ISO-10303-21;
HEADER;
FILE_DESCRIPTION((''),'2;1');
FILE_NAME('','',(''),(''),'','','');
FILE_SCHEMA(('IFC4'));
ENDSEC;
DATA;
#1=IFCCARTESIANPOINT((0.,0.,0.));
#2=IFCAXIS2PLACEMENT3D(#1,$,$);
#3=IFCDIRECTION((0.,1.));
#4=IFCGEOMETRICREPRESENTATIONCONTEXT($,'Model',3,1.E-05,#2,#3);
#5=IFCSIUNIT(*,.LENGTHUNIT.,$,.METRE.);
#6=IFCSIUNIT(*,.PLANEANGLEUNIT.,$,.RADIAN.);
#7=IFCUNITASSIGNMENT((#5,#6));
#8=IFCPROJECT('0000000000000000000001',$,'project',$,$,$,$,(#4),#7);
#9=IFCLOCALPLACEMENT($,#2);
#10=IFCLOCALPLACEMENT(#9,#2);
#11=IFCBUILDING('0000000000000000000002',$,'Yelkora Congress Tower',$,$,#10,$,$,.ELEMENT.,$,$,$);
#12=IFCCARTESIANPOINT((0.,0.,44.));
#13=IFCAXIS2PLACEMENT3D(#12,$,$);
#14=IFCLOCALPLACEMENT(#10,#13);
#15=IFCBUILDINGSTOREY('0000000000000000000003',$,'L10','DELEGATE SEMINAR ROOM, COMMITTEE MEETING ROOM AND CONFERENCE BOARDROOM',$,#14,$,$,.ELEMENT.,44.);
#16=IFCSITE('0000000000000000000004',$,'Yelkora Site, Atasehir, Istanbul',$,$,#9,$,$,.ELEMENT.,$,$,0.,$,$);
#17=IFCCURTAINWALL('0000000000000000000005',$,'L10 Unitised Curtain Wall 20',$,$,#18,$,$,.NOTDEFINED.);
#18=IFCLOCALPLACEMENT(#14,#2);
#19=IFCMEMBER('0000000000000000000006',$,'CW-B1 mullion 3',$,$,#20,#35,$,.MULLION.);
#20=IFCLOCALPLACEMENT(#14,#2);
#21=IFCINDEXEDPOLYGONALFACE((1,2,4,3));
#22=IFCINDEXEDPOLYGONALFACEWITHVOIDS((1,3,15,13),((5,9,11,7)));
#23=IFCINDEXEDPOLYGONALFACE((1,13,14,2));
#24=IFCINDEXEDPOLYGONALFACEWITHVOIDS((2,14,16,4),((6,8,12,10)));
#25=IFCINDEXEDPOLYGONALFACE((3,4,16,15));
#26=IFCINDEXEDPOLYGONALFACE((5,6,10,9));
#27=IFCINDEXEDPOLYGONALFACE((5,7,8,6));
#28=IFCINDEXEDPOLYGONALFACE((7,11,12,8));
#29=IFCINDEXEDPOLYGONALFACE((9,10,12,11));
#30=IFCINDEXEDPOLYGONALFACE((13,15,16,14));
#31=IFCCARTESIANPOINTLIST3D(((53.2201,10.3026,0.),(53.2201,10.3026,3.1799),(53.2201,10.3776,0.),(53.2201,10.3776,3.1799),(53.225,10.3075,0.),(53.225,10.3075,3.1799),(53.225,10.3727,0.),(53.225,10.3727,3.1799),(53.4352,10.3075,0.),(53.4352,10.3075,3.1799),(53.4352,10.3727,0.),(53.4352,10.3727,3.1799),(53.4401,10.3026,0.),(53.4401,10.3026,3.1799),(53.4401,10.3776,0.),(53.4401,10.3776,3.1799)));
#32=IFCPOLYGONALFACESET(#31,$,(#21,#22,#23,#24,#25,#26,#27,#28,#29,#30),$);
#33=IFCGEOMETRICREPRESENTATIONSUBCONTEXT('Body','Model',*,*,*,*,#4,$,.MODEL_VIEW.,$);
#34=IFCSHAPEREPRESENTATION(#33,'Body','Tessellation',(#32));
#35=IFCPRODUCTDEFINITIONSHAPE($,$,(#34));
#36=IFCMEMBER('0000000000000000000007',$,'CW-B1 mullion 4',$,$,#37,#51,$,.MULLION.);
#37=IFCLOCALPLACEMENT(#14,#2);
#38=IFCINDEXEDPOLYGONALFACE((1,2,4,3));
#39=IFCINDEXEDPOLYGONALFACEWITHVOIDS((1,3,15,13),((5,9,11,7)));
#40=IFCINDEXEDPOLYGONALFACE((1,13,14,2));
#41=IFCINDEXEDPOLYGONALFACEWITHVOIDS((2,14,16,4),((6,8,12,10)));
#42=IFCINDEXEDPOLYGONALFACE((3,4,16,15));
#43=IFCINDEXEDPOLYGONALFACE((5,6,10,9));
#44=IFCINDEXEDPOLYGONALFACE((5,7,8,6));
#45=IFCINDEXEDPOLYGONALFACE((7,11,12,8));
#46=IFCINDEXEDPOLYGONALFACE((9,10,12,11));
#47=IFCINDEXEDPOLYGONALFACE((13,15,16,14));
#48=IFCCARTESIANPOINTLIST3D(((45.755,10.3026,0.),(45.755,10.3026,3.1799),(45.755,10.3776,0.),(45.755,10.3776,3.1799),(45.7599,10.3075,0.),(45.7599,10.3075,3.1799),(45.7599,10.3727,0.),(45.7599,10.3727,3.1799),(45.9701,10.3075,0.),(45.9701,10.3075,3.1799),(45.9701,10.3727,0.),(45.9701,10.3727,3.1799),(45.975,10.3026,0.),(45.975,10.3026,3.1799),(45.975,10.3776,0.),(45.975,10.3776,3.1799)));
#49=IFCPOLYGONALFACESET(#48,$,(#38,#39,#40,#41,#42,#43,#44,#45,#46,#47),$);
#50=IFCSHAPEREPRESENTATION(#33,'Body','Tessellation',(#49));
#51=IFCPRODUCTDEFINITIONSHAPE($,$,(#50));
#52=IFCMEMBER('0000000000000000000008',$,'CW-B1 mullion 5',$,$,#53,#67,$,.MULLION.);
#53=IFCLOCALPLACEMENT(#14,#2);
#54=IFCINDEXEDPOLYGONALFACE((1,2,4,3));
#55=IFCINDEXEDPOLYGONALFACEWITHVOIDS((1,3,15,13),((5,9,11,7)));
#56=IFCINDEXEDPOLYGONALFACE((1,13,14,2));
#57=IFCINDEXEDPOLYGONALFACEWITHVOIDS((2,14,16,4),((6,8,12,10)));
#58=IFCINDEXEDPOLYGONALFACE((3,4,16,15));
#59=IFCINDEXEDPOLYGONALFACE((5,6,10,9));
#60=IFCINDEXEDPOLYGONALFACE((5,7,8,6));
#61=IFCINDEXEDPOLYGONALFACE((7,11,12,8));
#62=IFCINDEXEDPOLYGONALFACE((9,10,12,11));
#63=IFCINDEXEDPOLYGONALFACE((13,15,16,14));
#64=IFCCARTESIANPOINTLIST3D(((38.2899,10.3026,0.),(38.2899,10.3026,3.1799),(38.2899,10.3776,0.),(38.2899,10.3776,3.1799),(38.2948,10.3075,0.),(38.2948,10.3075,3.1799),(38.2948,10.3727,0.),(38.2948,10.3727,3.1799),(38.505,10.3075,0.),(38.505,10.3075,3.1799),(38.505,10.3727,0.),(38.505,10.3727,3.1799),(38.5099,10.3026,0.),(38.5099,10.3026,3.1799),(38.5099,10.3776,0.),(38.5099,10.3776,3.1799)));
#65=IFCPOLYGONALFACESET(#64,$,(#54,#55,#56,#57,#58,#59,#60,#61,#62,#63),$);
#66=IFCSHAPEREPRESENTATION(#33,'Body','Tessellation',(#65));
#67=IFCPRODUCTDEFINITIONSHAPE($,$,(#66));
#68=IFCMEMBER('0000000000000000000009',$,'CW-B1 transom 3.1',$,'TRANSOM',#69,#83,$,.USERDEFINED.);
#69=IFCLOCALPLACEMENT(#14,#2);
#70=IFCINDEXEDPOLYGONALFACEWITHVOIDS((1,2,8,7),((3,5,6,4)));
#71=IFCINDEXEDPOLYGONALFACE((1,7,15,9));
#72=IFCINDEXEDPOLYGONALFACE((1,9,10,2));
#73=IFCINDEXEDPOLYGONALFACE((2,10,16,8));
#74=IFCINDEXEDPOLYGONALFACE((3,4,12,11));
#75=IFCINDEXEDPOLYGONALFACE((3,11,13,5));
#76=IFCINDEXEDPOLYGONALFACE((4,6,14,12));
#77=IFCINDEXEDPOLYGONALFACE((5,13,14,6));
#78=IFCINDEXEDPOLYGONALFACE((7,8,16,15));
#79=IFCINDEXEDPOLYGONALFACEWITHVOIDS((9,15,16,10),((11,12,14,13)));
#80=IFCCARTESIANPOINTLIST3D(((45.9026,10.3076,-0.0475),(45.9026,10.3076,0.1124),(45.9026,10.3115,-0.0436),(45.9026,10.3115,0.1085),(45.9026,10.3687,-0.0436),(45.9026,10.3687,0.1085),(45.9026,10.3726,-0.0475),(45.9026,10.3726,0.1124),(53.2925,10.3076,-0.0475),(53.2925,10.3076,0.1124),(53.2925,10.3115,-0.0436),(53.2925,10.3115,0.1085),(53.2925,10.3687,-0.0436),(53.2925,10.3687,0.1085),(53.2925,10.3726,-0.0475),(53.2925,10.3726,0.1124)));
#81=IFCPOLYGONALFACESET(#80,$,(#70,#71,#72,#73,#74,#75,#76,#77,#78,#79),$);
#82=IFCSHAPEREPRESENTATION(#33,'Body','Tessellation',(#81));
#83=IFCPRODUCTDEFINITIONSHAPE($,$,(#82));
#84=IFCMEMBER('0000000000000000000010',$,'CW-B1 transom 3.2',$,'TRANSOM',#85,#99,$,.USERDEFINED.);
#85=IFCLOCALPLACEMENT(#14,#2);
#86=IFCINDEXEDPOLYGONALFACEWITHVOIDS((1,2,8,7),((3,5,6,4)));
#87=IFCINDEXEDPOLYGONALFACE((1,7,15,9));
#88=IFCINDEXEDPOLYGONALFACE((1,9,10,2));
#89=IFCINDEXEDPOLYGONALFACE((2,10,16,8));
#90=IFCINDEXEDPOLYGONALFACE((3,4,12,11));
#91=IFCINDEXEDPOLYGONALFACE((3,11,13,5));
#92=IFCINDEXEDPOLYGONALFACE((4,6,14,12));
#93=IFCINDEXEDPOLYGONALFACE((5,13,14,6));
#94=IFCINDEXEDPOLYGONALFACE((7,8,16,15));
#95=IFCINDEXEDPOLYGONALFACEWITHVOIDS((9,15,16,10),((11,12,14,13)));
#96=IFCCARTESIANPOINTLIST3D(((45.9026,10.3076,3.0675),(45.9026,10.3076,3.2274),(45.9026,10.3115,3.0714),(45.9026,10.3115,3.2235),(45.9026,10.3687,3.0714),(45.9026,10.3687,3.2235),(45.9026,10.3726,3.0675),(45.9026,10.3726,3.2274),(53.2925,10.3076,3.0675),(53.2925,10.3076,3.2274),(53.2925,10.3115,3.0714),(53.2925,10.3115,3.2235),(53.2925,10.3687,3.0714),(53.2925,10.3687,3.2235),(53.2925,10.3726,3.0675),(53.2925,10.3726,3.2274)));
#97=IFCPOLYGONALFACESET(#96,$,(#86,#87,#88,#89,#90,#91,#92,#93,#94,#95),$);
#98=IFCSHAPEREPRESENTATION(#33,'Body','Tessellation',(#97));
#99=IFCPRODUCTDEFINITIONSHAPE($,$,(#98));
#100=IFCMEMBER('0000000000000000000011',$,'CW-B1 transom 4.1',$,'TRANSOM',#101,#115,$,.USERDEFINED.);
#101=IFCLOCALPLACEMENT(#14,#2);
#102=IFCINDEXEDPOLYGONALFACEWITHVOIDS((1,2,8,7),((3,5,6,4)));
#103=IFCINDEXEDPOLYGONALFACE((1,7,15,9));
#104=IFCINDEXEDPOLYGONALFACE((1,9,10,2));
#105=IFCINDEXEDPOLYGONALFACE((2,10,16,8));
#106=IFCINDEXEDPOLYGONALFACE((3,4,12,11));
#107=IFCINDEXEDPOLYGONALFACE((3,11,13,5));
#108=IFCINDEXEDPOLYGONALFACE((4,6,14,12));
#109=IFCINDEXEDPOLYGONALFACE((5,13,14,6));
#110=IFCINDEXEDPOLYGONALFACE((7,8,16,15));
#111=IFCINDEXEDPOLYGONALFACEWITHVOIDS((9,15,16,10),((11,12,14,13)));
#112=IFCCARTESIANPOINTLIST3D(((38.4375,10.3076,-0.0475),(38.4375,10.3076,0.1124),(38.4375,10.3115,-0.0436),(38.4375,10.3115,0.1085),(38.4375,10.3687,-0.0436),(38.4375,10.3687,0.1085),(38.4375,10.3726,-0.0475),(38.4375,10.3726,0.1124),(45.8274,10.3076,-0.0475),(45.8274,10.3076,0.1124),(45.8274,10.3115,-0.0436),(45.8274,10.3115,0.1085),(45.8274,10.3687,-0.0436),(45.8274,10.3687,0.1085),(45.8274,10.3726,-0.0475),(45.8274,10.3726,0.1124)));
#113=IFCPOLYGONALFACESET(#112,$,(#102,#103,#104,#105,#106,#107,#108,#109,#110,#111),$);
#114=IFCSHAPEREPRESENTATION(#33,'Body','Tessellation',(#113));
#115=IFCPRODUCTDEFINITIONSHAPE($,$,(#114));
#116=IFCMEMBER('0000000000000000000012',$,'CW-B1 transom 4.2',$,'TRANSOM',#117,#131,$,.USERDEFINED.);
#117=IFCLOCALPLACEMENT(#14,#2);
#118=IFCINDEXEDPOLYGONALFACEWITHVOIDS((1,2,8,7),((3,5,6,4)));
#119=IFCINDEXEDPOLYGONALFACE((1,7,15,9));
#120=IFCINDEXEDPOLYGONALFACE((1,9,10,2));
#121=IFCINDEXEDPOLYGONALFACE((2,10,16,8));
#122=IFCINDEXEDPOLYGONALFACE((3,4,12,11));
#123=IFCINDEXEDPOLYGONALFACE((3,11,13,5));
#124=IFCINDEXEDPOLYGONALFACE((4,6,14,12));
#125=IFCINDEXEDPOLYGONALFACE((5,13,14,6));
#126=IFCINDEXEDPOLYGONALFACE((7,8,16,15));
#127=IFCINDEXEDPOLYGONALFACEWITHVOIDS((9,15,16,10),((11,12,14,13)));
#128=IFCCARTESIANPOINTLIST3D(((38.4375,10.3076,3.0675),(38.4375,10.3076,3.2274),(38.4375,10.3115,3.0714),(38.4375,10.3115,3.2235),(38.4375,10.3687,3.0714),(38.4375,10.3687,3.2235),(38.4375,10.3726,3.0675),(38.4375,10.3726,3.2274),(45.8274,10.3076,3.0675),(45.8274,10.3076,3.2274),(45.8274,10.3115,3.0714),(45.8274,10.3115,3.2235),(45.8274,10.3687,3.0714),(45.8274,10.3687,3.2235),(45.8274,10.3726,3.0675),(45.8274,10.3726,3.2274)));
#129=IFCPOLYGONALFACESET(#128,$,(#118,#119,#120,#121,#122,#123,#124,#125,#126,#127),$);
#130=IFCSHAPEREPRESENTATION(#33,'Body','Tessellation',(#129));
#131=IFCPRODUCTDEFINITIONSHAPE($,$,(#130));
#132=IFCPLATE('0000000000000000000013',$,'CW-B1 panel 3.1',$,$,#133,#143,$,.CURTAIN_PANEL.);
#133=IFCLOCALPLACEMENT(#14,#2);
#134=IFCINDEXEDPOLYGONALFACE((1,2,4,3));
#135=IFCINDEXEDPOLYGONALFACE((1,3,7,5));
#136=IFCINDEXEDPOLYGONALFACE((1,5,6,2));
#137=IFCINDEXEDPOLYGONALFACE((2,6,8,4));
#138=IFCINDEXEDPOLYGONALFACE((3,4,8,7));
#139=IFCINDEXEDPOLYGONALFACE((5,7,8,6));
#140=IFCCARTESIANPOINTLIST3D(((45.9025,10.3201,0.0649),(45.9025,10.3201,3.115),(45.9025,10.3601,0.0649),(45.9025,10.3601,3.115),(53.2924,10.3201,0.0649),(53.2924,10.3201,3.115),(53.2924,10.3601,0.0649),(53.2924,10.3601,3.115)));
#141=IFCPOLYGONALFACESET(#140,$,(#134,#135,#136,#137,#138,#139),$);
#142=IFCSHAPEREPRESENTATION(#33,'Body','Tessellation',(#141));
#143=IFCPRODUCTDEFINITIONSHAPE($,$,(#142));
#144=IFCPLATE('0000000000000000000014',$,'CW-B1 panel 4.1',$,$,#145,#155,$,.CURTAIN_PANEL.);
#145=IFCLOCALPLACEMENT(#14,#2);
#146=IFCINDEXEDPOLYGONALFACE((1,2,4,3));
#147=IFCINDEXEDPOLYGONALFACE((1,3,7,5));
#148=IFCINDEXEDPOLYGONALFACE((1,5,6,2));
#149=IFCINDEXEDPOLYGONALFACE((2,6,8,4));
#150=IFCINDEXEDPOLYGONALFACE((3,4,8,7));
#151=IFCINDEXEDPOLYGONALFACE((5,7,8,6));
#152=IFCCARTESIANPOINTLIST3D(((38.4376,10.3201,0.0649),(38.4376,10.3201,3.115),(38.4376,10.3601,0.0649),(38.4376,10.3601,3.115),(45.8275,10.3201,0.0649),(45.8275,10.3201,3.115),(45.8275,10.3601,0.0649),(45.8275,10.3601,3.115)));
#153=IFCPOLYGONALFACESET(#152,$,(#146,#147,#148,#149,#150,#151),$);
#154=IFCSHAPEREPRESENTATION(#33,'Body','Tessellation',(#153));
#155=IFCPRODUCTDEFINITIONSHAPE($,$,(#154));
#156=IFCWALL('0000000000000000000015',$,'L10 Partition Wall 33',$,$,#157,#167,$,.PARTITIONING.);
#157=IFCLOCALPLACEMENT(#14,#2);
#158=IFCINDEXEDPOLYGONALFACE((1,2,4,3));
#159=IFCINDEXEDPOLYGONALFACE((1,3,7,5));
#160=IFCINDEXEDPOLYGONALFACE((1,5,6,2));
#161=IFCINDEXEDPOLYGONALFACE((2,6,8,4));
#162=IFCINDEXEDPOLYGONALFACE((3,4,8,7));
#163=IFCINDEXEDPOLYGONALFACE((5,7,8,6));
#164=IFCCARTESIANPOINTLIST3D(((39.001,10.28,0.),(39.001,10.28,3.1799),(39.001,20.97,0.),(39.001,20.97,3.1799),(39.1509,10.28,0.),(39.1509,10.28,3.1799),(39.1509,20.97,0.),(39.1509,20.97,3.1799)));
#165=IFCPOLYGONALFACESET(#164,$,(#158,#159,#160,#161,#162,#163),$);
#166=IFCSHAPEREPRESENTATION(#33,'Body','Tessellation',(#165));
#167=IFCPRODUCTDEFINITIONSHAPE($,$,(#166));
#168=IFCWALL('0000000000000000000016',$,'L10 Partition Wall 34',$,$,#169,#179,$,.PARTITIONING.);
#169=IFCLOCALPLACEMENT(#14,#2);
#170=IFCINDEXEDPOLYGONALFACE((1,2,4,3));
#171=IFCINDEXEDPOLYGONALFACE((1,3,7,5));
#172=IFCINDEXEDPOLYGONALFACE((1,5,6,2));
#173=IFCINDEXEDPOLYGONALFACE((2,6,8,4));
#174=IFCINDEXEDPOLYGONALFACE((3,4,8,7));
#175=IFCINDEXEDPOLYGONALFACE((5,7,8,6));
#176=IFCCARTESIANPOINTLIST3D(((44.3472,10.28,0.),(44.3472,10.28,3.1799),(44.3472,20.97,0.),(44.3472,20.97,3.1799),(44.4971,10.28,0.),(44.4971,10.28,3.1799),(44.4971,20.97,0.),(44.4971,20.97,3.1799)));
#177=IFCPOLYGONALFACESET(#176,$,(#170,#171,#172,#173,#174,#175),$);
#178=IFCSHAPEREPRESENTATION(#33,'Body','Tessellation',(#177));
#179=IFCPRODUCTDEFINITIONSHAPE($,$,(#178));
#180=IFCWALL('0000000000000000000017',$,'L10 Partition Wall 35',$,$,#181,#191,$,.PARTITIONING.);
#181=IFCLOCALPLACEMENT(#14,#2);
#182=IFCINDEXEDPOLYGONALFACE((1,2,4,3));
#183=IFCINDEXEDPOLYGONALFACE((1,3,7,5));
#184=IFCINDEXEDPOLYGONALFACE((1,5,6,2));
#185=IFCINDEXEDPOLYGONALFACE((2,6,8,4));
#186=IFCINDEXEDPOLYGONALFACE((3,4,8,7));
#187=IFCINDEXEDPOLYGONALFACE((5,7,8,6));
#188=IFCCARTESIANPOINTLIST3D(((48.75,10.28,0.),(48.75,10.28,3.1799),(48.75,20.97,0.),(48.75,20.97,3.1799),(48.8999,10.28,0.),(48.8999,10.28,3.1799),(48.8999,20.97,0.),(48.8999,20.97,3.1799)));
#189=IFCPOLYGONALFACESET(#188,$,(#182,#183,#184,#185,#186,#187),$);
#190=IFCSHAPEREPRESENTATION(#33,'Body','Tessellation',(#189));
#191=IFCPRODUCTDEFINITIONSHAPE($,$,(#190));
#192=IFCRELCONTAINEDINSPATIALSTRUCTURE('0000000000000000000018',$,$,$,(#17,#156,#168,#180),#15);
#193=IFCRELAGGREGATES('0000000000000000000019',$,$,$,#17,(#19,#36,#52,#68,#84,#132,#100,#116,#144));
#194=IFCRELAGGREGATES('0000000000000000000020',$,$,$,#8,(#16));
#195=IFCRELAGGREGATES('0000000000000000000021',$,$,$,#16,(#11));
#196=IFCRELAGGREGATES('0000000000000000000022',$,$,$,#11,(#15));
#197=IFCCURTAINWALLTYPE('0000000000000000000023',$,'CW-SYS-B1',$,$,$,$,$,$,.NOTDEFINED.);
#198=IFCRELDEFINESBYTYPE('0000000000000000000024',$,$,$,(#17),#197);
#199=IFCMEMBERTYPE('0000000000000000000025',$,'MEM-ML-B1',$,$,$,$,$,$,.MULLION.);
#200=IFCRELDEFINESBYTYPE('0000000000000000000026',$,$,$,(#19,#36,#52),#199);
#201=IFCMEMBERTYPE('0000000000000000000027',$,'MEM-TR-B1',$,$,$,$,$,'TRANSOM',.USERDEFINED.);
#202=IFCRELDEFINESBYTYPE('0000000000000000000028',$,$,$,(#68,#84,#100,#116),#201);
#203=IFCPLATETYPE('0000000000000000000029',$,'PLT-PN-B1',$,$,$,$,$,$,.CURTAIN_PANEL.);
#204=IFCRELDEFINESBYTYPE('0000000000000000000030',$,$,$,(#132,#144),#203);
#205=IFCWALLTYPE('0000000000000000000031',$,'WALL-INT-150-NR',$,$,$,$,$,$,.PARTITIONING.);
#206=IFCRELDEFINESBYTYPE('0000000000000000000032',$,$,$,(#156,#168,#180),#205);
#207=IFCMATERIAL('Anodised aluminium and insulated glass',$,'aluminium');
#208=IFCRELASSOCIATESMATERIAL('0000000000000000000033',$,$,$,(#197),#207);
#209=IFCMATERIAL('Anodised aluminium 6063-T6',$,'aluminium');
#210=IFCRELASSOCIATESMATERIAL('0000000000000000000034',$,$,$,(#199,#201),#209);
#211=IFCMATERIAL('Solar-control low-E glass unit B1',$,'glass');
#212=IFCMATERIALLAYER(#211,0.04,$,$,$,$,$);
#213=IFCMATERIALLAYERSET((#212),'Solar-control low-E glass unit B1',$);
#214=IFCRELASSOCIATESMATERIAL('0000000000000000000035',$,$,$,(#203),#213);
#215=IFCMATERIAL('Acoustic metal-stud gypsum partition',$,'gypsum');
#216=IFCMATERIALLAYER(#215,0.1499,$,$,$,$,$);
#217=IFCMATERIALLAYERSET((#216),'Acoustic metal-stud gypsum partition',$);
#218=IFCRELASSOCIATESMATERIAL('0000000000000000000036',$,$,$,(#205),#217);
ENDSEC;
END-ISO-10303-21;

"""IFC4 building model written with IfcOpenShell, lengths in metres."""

from ifc_helpers import new_model, si_unit, direction, frame, frame_2d, origin, origin_2d, place, context, subcontext, project, spatial, rectangle, hollow_rectangle, extrude, material, layer, layer_set, material_profile, profile_set, type_object, element, aggregate, save


model = new_model("IFC4")

# Units and contexts
model_context = context("Model", 3, precision=1e-05, world=origin(), true_north=direction((0.0, 1.0)))
body_context = subcontext(model_context, "Body", "Model", "MODEL_VIEW")
ifc_project = project(units=[si_unit("LENGTHUNIT", "METRE"), si_unit("PLANEANGLEUNIT", "RADIAN")], contexts=[model_context])

# Site, building, storey
site_placement = place(None, origin())
site = spatial("IfcSite", under=ifc_project, at=site_placement, Name="Yelkora Site, Atasehir, Istanbul", CompositionType="ELEMENT", RefElevation=0.0)
building_placement = place(site_placement, origin())
building = spatial("IfcBuilding", under=site, at=building_placement, Name="Yelkora Congress Tower", CompositionType="ELEMENT")
storey_placement = place(building_placement, frame((0.0, 0.0, 44.0)))
storey = spatial("IfcBuildingStorey", under=building, at=storey_placement, Name="L10", Description="DELEGATE SEMINAR ROOM, COMMITTEE MEETING ROOM AND CONFERENCE BOARDROOM", CompositionType="ELEMENT", Elevation=44.0)

# Curtain wall, members, plates
ifc_material_1 = material(Name="Anodised aluminium and insulated glass", Category="aluminium")
curtain_wall_type = type_object("IfcCurtainWallType", Name="CW-SYS-B1", PredefinedType="NOTDEFINED", material=ifc_material_1)
curtain_wall_placement = place(storey_placement, origin())
curtain_wall = element("IfcCurtainWall", 1, at=curtain_wall_placement, inside=storey, type_object=curtain_wall_type, Name="L10 Unitised Curtain Wall 20", PredefinedType="NOTDEFINED")
ifc_material_2 = material(Name="Anodised aluminium 6063-T6", Category="aluminium")
ifc_material_profile_1 = material_profile(ifc_material_2, hollow_rectangle(XDim=0.075, YDim=0.22, WallThickness=0.0049, at=origin_2d()), Name="ALU 75x220x5")
ifc_profile_set_1 = profile_set([ifc_material_profile_1], Name="Anodised aluminium 6063-T6")
member_type_1 = type_object("IfcMemberType", Name="MEM-ML-B1", PredefinedType="MULLION", material=ifc_profile_set_1)
member_1_placement = place(storey_placement, frame((53.3301, 10.3401, 0.0), z_axis=(0.0, 0.0, 1.0), x_axis=(0.0, -1.0, 0.0)))
member_1 = element("IfcMember", 2, at=member_1_placement, type_object=member_type_1, Name="CW-B1 mullion 3", PredefinedType="MULLION", context=body_context, shape_type="SweptSolid", body=[
    extrude(hollow_rectangle(XDim=0.075, YDim=0.22, WallThickness=0.0049, at=origin_2d()), origin(), (0.0, 0.0, 1.0), 3.1799),
])
member_2_placement = place(storey_placement, frame((45.865, 10.3401, 0.0), z_axis=(0.0, 0.0, 1.0), x_axis=(0.0, -1.0, 0.0)))
member_2 = element("IfcMember", 3, at=member_2_placement, type_object=member_type_1, Name="CW-B1 mullion 4", PredefinedType="MULLION", context=body_context, shape_type="SweptSolid", body=[
    extrude(hollow_rectangle(XDim=0.075, YDim=0.22, WallThickness=0.0049, at=origin_2d()), origin(), (0.0, 0.0, 1.0), 3.1799),
])
member_3_placement = place(storey_placement, frame((38.3999, 10.3401, 0.0), z_axis=(0.0, 0.0, 1.0), x_axis=(0.0, -1.0, 0.0)))
member_3 = element("IfcMember", 4, at=member_3_placement, type_object=member_type_1, Name="CW-B1 mullion 5", PredefinedType="MULLION", context=body_context, shape_type="SweptSolid", body=[
    extrude(hollow_rectangle(XDim=0.075, YDim=0.22, WallThickness=0.0049, at=origin_2d()), origin(), (0.0, 0.0, 1.0), 3.1799),
])
ifc_material_profile_2 = material_profile(ifc_material_2, hollow_rectangle(XDim=0.0649, YDim=0.1599, WallThickness=0.0039, at=origin_2d()), Name="ALU 65x160x4")
ifc_profile_set_2 = profile_set([ifc_material_profile_2], Name="Anodised aluminium 6063-T6")
member_type_2 = type_object("IfcMemberType", Name="MEM-TR-B1", ElementType="TRANSOM", PredefinedType="USERDEFINED", material=ifc_profile_set_2)
member_4_placement = place(storey_placement, frame((53.2925, 10.3401, 0.0325), z_axis=(-1.0, 0.0, 0.0), x_axis=(0.0, -1.0, 0.0)))
member_4 = element("IfcMember", 5, at=member_4_placement, type_object=member_type_2, Name="CW-B1 transom 3.1", ObjectType="TRANSOM", PredefinedType="USERDEFINED", context=body_context, shape_type="SweptSolid", body=[
    extrude(hollow_rectangle(XDim=0.0649, YDim=0.1599, WallThickness=0.0039, at=origin_2d()), origin(), (0.0, 0.0, 1.0), 7.3899),
])
member_5_placement = place(storey_placement, frame((53.2925, 10.3401, 3.1475), z_axis=(-1.0, 0.0, 0.0), x_axis=(0.0, -1.0, 0.0)))
member_5 = element("IfcMember", 6, at=member_5_placement, type_object=member_type_2, Name="CW-B1 transom 3.2", ObjectType="TRANSOM", PredefinedType="USERDEFINED", context=body_context, shape_type="SweptSolid", body=[
    extrude(hollow_rectangle(XDim=0.0649, YDim=0.1599, WallThickness=0.0039, at=origin_2d()), origin(), (0.0, 0.0, 1.0), 7.3899),
])
member_6_placement = place(storey_placement, frame((45.8274, 10.3401, 0.0325), z_axis=(-1.0, 0.0, 0.0), x_axis=(0.0, -1.0, 0.0)))
member_6 = element("IfcMember", 7, at=member_6_placement, type_object=member_type_2, Name="CW-B1 transom 4.1", ObjectType="TRANSOM", PredefinedType="USERDEFINED", context=body_context, shape_type="SweptSolid", body=[
    extrude(hollow_rectangle(XDim=0.0649, YDim=0.1599, WallThickness=0.0039, at=origin_2d()), origin(), (0.0, 0.0, 1.0), 7.3899),
])
member_7_placement = place(storey_placement, frame((45.8274, 10.3401, 3.1475), z_axis=(-1.0, 0.0, 0.0), x_axis=(0.0, -1.0, 0.0)))
member_7 = element("IfcMember", 8, at=member_7_placement, type_object=member_type_2, Name="CW-B1 transom 4.2", ObjectType="TRANSOM", PredefinedType="USERDEFINED", context=body_context, shape_type="SweptSolid", body=[
    extrude(hollow_rectangle(XDim=0.0649, YDim=0.1599, WallThickness=0.0039, at=origin_2d()), origin(), (0.0, 0.0, 1.0), 7.3899),
])
ifc_material_3 = material(Name="Solar-control low-E glass unit B1", Category="glass")
ifc_layer_1 = layer(ifc_material_3, 0.04)
ifc_layer_set_1 = layer_set([ifc_layer_1], Name="Solar-control low-E glass unit B1")
plate_type = type_object("IfcPlateType", Name="PLT-PN-B1", PredefinedType="CURTAIN_PANEL", material=ifc_layer_set_1)
plate_1_placement = place(storey_placement, frame((49.5974, 10.3401, 0.0649), z_axis=(0.0, 0.0, 1.0), x_axis=(-1.0, 0.0, 0.0)))
plate_1 = element("IfcPlate", 9, at=plate_1_placement, type_object=plate_type, Name="CW-B1 panel 3.1", PredefinedType="CURTAIN_PANEL", context=body_context, shape_type="SweptSolid", body=[
    extrude(rectangle(XDim=7.3899, YDim=0.04, at=origin_2d()), origin(), (0.0, 0.0, 1.0), 3.05),
])
plate_2_placement = place(storey_placement, frame((42.1326, 10.3401, 0.0649), z_axis=(0.0, 0.0, 1.0), x_axis=(-1.0, 0.0, 0.0)))
plate_2 = element("IfcPlate", 10, at=plate_2_placement, type_object=plate_type, Name="CW-B1 panel 4.1", PredefinedType="CURTAIN_PANEL", context=body_context, shape_type="SweptSolid", body=[
    extrude(rectangle(XDim=7.3899, YDim=0.04, at=origin_2d()), origin(), (0.0, 0.0, 1.0), 3.05),
])
aggregate(curtain_wall, [member_1, member_2, member_3, member_4, member_5, plate_1, member_6, member_7, plate_2])

# Walls
ifc_material_4 = material(Name="Acoustic metal-stud gypsum partition", Category="gypsum")
ifc_layer_2 = layer(ifc_material_4, 0.1499)
ifc_layer_set_2 = layer_set([ifc_layer_2], Name="Acoustic metal-stud gypsum partition")
wall_type = type_object("IfcWallType", Name="WALL-INT-150-NR", PredefinedType="PARTITIONING", material=ifc_layer_set_2)
for number, where, z_axis, x_axis, name in (
    (11, (39.0759, 10.28, 0.0), (0.0, 0.0, 1.0), (0.0, 1.0, 0.0), "L10 Partition Wall 33"),
    (12, (44.4221, 10.28, 0.0), (0.0, 0.0, 1.0), (0.0, 1.0, 0.0), "L10 Partition Wall 34"),
    (13, (48.825, 10.28, 0.0), (0.0, 0.0, 1.0), (0.0, 1.0, 0.0), "L10 Partition Wall 35"),
):
    element("IfcWall", number, at=place(storey_placement, frame(where, z_axis=z_axis, x_axis=x_axis)), inside=storey, type_object=wall_type, Name=name, PredefinedType="PARTITIONING", context=body_context, shape_type="SweptSolid", body=[
        extrude(rectangle(XDim=10.6899, YDim=0.1499, at=frame_2d((5.345, 0.0))), origin(), (0.0, 0.0, 1.0), 3.1799),
    ])

save(model, "model.ifc")
